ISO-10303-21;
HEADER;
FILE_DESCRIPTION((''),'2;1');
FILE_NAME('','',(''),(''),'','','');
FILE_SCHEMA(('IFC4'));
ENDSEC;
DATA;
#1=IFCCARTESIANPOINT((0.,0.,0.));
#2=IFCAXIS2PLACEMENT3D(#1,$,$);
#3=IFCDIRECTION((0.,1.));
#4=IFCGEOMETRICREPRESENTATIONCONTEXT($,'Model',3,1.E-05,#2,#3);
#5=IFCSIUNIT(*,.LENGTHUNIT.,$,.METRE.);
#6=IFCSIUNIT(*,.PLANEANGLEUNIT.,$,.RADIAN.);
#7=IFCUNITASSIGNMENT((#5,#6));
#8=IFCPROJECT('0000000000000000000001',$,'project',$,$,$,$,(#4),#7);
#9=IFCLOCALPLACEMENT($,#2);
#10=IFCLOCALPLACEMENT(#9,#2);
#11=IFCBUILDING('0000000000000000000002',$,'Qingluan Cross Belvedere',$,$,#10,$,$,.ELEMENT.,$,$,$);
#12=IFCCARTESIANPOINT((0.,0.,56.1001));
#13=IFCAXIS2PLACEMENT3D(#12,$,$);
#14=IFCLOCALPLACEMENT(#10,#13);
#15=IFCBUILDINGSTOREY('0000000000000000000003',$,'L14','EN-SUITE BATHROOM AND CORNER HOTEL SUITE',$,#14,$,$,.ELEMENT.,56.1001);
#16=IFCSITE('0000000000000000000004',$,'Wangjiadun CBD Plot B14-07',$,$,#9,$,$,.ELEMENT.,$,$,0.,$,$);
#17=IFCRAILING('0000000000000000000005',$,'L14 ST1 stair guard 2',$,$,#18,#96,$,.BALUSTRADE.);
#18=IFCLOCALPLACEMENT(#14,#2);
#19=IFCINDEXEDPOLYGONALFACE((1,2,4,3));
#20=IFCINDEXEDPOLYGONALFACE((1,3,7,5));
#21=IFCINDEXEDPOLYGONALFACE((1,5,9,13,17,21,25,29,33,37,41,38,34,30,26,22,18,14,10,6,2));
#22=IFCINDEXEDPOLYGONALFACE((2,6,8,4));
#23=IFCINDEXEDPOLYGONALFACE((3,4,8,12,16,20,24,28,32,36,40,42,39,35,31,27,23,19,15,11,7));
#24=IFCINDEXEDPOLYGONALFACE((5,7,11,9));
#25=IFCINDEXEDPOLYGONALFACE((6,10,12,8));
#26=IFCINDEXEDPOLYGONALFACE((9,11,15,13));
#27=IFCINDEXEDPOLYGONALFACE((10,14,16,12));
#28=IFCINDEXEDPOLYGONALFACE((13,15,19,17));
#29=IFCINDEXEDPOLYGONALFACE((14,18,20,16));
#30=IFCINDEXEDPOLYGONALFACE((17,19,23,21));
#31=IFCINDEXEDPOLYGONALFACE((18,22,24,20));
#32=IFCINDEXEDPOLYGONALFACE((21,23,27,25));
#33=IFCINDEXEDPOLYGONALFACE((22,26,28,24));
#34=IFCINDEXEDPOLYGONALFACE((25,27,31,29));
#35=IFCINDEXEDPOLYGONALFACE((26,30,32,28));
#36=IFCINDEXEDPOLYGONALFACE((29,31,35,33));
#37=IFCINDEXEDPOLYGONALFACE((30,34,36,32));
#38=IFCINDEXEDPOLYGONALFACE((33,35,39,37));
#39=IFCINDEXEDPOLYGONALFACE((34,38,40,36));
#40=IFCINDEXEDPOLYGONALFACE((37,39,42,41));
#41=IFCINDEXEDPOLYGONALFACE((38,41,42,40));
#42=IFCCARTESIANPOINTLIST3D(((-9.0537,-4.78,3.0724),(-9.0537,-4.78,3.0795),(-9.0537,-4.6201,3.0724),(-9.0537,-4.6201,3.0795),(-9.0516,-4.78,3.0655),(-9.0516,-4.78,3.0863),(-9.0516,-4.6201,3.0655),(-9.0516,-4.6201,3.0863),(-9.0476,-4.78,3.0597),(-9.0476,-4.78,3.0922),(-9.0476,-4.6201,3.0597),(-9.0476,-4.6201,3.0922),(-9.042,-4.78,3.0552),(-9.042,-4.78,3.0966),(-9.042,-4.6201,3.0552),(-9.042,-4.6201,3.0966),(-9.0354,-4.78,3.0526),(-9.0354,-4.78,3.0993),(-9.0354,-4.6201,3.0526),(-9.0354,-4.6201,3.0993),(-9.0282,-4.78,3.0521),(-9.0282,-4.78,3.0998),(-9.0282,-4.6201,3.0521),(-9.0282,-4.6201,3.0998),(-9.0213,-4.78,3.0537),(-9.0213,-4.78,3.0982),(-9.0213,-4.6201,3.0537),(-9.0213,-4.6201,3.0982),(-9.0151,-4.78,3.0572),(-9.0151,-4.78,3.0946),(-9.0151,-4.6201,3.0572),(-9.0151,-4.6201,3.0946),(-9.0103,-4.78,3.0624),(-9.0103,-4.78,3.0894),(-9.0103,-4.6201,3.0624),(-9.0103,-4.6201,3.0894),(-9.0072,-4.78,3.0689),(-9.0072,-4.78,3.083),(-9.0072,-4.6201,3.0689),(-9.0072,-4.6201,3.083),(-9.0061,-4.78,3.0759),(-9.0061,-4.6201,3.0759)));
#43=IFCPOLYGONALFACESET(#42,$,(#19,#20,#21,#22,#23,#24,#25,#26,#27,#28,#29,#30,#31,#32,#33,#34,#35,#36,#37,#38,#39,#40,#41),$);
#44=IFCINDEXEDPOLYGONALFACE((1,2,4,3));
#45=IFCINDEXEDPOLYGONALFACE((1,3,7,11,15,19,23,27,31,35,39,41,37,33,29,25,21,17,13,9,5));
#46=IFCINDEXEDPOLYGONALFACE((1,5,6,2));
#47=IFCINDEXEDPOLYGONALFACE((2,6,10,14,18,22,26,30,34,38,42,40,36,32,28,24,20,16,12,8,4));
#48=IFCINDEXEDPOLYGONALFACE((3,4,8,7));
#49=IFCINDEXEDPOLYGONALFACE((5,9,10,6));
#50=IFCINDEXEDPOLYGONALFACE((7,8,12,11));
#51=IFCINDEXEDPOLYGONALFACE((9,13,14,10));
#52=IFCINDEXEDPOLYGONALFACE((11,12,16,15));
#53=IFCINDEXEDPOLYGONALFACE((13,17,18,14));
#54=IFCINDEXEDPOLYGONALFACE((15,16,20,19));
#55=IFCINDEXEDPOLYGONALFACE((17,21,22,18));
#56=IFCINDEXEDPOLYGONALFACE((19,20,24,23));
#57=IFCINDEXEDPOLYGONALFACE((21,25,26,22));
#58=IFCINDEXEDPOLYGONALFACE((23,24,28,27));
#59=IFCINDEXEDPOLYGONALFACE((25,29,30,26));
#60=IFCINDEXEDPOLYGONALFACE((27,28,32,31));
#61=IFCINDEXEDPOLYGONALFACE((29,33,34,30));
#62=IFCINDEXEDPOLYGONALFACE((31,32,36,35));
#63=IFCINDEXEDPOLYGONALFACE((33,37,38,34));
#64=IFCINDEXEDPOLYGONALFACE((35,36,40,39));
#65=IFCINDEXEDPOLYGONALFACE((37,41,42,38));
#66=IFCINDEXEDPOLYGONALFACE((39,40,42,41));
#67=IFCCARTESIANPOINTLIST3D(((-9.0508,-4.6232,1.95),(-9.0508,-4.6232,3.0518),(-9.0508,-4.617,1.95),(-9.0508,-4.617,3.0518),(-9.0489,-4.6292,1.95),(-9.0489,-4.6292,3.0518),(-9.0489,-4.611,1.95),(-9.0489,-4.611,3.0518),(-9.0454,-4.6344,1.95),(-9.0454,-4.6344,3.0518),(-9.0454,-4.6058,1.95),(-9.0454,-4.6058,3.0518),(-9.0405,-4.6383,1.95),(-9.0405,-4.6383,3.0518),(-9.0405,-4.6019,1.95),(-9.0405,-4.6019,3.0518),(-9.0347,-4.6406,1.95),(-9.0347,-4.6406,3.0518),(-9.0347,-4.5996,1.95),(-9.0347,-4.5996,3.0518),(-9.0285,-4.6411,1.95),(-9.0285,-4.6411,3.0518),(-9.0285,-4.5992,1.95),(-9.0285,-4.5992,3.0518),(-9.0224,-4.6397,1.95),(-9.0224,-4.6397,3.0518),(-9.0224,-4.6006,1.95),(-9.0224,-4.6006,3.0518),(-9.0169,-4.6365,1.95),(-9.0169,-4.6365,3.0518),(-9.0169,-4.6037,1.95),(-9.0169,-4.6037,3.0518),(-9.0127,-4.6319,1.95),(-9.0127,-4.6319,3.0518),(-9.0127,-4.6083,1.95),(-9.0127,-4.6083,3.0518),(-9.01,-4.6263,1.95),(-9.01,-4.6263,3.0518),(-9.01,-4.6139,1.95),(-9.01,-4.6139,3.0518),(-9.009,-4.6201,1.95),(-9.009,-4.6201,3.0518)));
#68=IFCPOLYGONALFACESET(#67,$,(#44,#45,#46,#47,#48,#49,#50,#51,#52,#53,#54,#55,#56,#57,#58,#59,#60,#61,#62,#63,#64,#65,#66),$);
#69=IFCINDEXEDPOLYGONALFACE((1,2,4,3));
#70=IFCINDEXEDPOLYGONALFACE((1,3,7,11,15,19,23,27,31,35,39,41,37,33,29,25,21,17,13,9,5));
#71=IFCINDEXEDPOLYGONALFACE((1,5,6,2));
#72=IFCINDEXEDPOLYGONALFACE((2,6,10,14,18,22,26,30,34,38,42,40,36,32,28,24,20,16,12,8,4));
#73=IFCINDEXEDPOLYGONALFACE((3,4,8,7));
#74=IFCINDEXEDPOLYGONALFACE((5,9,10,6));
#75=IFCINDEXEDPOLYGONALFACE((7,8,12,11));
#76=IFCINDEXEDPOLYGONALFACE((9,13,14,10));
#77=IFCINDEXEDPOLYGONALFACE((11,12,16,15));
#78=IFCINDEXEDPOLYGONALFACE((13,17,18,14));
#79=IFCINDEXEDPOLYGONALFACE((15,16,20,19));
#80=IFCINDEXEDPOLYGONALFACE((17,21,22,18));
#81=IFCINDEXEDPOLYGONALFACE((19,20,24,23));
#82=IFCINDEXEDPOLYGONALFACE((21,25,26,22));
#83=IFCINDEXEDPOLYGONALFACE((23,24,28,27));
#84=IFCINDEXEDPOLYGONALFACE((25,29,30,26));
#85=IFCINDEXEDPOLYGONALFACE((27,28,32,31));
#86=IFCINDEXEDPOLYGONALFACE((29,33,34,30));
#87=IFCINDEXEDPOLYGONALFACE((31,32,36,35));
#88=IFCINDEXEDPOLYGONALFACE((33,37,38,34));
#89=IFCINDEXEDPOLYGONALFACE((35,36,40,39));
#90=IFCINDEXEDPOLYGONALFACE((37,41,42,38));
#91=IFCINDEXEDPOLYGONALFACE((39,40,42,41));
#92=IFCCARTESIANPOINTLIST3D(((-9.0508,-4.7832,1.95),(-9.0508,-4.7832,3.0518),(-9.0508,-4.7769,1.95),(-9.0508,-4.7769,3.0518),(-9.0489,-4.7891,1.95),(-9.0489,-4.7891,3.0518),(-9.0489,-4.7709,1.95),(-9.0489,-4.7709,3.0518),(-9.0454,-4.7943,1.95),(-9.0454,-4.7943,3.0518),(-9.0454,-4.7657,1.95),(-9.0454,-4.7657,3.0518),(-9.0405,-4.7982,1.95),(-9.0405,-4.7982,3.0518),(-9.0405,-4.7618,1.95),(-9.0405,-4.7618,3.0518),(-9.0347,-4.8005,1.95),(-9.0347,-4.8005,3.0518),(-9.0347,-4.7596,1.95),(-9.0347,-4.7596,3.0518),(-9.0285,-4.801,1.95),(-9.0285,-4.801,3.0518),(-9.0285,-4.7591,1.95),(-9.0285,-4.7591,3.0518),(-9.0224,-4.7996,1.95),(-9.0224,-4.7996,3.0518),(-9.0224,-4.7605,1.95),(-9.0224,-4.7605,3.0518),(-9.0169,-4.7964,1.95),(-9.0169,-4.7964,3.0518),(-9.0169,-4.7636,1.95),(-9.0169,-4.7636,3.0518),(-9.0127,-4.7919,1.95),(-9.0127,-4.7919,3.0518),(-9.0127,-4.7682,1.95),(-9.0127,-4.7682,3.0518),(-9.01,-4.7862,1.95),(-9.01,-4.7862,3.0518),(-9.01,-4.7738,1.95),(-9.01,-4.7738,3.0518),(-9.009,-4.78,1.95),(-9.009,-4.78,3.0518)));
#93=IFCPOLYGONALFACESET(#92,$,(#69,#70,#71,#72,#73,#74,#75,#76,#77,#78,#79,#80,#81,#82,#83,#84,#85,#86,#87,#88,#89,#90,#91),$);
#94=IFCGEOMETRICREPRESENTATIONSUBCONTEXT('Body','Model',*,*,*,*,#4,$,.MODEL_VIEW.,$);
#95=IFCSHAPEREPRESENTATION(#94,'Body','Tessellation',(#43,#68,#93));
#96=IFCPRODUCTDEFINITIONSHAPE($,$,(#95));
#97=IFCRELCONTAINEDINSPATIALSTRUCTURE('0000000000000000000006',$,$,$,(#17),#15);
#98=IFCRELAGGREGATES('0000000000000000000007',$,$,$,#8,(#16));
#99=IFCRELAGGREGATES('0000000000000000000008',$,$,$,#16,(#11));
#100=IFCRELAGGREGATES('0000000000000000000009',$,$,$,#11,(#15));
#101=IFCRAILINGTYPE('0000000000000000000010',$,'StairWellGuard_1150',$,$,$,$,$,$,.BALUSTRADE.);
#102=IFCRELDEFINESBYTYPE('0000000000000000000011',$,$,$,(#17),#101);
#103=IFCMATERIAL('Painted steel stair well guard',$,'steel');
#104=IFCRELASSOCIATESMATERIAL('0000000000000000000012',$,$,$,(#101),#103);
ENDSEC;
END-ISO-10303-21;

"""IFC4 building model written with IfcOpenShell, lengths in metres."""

from ifc_helpers import new_model, si_unit, direction, frame, origin, origin_2d, place, context, subcontext, project, spatial, circle, extrude, material, type_object, element, save


model = new_model("IFC4")

# Units and contexts
model_context = context("Model", 3, precision=1e-05, world=origin(), true_north=direction((0.0, 1.0)))
body_context = subcontext(model_context, "Body", "Model", "MODEL_VIEW")
ifc_project = project(units=[si_unit("LENGTHUNIT", "METRE"), si_unit("PLANEANGLEUNIT", "RADIAN")], contexts=[model_context])

# Site, building, storey
site_placement = place(None, origin())
site = spatial("IfcSite", under=ifc_project, at=site_placement, Name="Wangjiadun CBD Plot B14-07", CompositionType="ELEMENT", RefElevation=0.0)
building_placement = place(site_placement, origin())
building = spatial("IfcBuilding", under=site, at=building_placement, Name="Qingluan Cross Belvedere", CompositionType="ELEMENT")
storey_placement = place(building_placement, frame((0.0, 0.0, 56.1001)))
storey = spatial("IfcBuildingStorey", under=building, at=storey_placement, Name="L14", Description="EN-SUITE BATHROOM AND CORNER HOTEL SUITE", CompositionType="ELEMENT", Elevation=56.1001)

# Railing
ifc_material_1 = material(Name="Painted steel stair well guard", Category="steel")
railing_type_1 = type_object("IfcRailingType", Name="StairWellGuard_1150", PredefinedType="BALUSTRADE", material=ifc_material_1)
railing_1_placement = place(storey_placement, frame((-9.03, -4.6201, 1.95)))
element("IfcRailing", 1, at=railing_1_placement, inside=storey, type_object=railing_type_1, Name="L14 ST1 stair guard 2", PredefinedType="BALUSTRADE", context=body_context, shape_type="SweptSolid", body=[
    extrude(circle(Radius=0.0239, at=origin_2d()), frame((0.0, 0.0, 1.126), z_axis=(0.0, -1.0, 0.0), x_axis=(1.0, 0.0, 0.0)), (0.0, 0.0, 1.0), 0.1599),
    extrude(circle(Radius=0.021, at=origin_2d()), origin(), (0.0, 0.0, 1.0), 1.1018),
    extrude(circle(Radius=0.021, at=origin_2d()), frame((0.0, -0.1599, 0.0)), (0.0, 0.0, 1.0), 1.1018),
])

save(model, "model.ifc")
